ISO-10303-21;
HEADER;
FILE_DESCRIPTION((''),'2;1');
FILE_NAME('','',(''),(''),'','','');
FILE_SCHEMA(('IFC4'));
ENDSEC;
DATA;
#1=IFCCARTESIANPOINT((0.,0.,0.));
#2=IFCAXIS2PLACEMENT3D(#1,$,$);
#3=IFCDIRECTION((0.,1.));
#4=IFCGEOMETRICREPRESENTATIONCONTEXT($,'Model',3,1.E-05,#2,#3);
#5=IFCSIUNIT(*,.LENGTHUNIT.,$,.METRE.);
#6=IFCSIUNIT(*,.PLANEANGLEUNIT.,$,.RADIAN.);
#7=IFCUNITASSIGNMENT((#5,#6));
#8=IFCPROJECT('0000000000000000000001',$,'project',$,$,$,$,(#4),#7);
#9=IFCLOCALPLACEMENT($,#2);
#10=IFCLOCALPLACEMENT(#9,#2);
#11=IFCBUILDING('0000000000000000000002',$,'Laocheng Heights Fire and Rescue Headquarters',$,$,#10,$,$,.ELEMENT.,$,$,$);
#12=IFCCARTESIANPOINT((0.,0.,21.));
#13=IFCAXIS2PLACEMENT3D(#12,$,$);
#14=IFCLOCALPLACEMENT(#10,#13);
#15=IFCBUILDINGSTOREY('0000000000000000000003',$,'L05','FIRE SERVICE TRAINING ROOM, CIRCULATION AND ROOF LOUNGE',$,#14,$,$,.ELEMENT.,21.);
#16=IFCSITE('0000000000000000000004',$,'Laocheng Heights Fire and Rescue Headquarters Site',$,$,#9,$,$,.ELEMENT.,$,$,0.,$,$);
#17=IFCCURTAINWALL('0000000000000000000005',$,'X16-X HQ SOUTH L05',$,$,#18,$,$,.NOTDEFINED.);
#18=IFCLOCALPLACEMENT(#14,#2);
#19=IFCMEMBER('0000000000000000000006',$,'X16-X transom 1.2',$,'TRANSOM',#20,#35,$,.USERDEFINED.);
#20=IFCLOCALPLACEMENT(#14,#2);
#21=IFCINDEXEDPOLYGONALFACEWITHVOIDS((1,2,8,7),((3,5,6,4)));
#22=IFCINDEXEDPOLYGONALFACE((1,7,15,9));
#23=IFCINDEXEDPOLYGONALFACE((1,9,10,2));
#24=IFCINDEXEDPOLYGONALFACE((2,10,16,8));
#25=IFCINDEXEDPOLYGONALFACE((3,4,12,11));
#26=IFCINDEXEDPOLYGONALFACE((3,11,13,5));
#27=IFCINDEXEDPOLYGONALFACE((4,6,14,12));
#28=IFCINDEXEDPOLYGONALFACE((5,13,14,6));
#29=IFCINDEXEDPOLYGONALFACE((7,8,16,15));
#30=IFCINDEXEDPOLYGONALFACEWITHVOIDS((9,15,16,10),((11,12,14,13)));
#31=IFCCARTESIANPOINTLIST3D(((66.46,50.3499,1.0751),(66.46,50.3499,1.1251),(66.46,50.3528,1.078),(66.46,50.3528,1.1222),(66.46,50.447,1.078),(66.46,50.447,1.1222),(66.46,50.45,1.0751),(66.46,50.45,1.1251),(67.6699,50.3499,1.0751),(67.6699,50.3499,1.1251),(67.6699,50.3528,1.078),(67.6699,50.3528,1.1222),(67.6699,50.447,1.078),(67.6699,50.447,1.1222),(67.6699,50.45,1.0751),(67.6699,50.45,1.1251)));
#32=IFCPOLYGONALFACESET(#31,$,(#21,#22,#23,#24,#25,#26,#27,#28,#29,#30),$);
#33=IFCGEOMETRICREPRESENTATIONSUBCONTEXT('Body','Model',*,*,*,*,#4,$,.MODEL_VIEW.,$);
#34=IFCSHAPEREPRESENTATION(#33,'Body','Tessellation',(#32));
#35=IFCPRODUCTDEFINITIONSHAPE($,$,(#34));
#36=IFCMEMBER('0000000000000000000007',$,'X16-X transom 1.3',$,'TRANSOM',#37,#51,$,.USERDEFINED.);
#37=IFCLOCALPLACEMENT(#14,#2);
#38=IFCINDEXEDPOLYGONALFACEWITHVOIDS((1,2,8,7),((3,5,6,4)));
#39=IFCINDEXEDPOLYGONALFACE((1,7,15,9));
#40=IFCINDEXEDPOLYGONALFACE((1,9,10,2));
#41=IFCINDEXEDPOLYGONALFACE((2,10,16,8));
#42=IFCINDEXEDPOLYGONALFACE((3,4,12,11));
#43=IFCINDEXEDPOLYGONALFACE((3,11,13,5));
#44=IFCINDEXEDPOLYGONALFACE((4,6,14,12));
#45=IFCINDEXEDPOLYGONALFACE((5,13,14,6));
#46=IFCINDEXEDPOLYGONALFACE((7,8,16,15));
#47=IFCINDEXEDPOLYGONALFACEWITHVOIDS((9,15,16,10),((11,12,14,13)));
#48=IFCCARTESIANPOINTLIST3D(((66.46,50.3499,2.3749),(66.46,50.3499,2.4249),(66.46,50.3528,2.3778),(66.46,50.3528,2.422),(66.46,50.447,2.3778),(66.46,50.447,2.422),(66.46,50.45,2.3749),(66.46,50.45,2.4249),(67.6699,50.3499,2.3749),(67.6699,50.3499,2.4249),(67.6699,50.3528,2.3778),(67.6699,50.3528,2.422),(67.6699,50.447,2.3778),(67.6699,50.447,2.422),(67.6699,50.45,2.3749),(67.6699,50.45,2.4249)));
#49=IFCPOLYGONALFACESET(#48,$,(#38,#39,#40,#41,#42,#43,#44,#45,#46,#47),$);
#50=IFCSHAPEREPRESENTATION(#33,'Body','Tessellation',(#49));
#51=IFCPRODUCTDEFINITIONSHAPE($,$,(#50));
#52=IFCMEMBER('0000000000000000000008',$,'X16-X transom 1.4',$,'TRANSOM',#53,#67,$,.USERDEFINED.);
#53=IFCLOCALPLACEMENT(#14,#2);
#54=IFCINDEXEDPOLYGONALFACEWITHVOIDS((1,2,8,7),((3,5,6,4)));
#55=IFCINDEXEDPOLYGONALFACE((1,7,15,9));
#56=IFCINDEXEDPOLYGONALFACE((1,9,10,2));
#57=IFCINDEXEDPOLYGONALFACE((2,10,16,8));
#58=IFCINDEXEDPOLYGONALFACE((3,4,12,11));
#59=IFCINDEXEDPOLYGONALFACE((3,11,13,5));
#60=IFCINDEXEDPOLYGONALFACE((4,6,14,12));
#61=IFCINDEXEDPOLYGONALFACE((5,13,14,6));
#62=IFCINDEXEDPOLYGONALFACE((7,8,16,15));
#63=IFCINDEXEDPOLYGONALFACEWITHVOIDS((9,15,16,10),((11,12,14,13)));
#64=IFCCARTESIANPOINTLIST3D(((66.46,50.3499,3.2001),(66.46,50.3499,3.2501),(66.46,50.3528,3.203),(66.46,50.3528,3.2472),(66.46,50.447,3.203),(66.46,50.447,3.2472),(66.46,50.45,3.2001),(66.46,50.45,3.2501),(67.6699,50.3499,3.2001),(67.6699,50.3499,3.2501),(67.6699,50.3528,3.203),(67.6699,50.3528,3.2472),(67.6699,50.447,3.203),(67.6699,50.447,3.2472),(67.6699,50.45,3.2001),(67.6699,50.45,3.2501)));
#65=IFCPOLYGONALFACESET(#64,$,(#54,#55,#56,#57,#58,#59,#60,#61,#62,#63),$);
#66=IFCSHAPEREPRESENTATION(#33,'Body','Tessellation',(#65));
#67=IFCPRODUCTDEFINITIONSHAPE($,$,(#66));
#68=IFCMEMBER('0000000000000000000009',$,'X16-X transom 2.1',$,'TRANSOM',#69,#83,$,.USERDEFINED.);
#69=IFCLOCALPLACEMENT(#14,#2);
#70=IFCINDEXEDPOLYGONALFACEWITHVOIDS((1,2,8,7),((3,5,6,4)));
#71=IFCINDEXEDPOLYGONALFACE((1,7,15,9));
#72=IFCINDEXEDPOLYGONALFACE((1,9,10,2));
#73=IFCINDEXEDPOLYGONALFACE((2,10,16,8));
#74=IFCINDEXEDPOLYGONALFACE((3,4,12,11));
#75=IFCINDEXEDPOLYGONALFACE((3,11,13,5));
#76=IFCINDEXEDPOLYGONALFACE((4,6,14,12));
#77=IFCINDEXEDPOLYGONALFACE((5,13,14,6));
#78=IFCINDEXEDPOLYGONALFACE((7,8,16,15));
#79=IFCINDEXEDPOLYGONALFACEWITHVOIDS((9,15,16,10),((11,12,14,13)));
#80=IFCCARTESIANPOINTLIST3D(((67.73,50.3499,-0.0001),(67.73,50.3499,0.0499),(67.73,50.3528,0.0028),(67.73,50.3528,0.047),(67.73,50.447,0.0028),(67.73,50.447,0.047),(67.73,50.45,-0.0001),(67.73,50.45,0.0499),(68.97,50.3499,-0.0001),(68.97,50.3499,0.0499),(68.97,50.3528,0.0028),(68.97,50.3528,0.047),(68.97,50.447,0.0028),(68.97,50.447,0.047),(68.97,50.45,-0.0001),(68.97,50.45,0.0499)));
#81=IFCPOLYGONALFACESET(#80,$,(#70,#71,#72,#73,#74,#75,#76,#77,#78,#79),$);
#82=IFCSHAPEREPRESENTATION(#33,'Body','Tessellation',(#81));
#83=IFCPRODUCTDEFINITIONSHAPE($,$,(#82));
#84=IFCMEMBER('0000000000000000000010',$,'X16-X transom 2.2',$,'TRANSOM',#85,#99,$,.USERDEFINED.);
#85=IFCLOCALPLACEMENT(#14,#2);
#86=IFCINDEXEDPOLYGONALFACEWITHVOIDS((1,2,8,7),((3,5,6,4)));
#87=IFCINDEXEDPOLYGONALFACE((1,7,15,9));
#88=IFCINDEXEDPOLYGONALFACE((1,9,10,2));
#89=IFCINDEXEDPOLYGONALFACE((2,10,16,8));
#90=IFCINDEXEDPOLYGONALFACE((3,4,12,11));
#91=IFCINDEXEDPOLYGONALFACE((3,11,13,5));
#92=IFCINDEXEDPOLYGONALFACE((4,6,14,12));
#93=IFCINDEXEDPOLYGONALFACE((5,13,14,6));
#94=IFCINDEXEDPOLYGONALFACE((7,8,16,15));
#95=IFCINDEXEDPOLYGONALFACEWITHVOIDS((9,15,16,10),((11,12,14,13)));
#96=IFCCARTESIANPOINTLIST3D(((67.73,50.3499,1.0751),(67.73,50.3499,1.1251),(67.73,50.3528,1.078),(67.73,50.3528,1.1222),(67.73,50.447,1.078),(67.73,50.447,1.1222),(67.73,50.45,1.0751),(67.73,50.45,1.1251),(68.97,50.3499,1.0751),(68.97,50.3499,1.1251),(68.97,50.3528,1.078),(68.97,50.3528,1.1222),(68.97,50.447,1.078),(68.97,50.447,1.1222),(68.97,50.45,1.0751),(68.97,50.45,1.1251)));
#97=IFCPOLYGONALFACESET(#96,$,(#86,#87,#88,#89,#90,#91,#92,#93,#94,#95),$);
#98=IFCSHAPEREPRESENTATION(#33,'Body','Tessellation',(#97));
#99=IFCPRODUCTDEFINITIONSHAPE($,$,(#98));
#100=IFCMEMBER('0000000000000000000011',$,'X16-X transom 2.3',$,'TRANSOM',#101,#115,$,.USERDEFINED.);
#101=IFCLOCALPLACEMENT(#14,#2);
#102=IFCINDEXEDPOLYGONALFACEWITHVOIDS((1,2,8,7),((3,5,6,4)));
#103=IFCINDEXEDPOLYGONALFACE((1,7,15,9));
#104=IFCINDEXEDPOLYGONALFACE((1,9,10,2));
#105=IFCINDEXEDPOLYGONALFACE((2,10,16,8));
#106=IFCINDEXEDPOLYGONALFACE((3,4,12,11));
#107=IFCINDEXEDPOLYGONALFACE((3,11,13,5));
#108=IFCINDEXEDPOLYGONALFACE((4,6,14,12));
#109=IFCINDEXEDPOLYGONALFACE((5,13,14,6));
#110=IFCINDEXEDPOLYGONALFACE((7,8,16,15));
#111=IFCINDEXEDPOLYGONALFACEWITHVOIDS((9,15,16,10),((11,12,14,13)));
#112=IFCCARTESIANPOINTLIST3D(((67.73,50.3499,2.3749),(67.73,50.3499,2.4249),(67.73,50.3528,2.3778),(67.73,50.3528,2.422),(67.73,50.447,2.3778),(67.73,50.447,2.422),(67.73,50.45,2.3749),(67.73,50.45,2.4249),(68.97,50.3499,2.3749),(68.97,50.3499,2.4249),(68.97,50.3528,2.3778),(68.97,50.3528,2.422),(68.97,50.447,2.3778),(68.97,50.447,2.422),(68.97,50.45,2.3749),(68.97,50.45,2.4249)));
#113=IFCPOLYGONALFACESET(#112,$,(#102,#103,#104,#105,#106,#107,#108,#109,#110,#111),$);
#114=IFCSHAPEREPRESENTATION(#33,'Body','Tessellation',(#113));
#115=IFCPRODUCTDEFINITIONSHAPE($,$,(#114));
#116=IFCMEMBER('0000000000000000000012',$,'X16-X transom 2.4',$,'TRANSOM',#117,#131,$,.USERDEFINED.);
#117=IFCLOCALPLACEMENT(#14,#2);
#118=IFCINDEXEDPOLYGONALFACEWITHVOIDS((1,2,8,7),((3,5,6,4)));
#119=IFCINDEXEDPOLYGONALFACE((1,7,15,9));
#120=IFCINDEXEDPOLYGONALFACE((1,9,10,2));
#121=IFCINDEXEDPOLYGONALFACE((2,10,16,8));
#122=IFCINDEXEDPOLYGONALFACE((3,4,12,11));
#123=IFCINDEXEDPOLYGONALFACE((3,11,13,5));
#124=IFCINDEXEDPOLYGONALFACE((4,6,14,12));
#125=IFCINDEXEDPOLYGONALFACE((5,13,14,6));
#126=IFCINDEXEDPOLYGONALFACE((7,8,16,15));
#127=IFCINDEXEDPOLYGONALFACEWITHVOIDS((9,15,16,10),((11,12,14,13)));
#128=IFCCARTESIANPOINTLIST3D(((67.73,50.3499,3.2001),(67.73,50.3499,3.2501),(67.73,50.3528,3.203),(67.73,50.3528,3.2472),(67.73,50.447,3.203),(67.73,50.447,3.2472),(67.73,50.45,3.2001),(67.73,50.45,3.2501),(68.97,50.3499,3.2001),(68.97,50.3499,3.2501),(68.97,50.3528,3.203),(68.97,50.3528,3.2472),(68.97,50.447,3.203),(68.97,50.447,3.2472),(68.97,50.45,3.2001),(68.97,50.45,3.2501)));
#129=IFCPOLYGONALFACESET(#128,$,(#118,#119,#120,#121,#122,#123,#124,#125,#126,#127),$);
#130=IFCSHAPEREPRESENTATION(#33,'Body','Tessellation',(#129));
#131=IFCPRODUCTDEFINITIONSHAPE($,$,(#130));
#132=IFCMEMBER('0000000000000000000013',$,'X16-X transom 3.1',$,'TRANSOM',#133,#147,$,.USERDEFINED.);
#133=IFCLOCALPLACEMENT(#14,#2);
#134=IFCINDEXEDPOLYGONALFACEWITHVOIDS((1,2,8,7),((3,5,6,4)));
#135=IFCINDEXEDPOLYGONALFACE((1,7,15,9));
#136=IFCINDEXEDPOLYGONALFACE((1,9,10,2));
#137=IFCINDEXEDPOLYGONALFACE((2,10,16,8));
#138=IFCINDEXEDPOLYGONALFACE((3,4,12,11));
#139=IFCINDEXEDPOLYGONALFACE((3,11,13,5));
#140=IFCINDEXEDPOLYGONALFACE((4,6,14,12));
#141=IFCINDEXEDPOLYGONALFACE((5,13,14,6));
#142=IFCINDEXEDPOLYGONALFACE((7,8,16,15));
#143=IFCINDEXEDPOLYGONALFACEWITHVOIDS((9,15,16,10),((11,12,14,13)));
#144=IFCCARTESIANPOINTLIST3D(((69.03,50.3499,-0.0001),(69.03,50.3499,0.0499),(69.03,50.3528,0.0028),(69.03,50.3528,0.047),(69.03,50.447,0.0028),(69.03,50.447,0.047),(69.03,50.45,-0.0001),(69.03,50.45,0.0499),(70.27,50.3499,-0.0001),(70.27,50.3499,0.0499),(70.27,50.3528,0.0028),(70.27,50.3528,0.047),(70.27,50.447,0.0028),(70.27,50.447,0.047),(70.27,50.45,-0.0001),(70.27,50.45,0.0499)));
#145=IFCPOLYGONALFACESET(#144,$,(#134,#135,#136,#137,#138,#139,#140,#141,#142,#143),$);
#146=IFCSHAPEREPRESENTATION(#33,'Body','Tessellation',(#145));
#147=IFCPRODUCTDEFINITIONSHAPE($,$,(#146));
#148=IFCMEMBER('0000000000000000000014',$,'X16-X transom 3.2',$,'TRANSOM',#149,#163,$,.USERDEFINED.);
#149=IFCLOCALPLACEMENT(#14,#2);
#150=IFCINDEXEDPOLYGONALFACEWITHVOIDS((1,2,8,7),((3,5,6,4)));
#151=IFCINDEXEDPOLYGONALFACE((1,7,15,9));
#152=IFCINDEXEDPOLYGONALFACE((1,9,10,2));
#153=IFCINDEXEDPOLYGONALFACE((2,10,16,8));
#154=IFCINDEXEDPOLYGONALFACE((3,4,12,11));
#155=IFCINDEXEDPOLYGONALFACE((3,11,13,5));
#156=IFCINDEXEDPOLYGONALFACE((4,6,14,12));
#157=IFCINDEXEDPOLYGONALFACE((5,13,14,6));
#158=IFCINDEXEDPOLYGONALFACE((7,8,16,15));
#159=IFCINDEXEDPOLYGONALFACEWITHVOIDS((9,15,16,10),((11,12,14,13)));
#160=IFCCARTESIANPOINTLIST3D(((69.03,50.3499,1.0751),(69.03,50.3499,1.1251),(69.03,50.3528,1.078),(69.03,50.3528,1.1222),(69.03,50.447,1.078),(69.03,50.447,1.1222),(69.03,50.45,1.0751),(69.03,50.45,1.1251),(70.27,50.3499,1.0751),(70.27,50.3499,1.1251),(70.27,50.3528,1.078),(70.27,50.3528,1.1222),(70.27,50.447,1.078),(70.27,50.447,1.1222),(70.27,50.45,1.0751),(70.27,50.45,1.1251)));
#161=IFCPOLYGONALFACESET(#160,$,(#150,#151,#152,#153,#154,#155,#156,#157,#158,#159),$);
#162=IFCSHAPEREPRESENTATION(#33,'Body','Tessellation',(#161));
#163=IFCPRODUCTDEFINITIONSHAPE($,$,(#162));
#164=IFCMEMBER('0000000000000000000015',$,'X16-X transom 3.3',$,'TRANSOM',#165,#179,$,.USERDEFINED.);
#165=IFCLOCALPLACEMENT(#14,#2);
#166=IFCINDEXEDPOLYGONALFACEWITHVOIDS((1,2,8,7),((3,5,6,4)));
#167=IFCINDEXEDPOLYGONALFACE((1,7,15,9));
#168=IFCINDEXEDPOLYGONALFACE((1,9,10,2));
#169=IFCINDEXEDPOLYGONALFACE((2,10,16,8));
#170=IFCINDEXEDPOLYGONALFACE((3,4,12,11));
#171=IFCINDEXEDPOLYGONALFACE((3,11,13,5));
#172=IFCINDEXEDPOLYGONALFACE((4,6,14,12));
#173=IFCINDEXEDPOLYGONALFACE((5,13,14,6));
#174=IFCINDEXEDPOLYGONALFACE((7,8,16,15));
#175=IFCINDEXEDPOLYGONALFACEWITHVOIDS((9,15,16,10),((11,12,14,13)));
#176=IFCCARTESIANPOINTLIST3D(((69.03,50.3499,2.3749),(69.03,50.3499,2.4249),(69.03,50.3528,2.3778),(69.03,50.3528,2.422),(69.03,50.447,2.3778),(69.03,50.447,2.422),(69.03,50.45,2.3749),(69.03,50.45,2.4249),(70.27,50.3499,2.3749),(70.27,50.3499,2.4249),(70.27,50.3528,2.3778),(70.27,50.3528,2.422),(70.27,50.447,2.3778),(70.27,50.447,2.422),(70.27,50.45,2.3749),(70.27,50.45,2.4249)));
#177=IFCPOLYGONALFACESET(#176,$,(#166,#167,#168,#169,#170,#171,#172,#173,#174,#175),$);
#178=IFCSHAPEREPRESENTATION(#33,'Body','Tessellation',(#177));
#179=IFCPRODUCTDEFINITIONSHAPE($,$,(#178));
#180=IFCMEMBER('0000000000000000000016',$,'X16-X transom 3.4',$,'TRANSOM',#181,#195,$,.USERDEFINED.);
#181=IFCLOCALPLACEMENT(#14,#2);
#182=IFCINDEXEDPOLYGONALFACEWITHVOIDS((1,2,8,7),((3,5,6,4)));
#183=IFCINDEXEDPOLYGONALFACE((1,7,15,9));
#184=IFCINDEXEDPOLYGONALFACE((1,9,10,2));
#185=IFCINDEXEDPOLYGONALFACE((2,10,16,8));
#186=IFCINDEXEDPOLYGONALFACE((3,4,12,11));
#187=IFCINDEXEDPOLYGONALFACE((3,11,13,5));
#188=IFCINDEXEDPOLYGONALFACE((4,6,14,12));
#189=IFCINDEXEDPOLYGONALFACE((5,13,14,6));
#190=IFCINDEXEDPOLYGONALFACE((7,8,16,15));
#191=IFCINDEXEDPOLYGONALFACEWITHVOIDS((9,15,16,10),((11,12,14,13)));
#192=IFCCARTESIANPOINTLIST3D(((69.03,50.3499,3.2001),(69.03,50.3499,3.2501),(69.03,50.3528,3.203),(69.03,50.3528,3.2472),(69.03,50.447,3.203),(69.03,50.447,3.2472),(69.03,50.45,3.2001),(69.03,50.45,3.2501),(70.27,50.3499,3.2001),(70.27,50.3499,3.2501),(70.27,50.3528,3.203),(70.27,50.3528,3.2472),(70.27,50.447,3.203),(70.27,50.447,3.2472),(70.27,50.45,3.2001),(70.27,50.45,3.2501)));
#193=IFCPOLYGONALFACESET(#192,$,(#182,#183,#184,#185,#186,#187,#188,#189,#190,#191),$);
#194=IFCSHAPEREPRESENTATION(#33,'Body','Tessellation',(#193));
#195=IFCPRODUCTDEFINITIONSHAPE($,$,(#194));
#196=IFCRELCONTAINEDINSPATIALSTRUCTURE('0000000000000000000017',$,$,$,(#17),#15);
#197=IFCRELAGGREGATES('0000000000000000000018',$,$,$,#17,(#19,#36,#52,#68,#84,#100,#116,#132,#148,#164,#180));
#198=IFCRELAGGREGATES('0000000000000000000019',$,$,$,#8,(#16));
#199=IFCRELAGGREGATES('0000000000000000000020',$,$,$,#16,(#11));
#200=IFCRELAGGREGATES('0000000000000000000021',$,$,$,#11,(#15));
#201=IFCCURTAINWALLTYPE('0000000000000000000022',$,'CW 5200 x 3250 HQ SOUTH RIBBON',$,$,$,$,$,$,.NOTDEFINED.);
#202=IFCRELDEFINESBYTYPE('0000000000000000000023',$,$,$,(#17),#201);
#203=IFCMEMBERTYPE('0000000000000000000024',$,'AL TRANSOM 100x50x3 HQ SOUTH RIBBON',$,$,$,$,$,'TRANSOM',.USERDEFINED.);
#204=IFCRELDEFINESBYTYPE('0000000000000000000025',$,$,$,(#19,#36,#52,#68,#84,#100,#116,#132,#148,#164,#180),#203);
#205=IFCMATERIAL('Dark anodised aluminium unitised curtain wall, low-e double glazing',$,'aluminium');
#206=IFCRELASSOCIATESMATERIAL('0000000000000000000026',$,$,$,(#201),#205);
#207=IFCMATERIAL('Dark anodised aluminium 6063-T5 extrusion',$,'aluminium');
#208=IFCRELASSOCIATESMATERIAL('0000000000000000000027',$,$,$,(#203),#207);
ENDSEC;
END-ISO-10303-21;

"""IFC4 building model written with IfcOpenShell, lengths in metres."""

from ifc_helpers import new_model, si_unit, direction, frame, origin, origin_2d, place, context, subcontext, project, spatial, hollow_rectangle, extrude, material, material_profile, profile_set, type_object, element, aggregate, save


model = new_model("IFC4")

# Units and contexts
model_context = context("Model", 3, precision=1e-05, world=origin(), true_north=direction((0.0, 1.0)))
body_context = subcontext(model_context, "Body", "Model", "MODEL_VIEW")
ifc_project = project(units=[si_unit("LENGTHUNIT", "METRE"), si_unit("PLANEANGLEUNIT", "RADIAN")], contexts=[model_context])

# Site, building, storey
site_placement = place(None, origin())
site = spatial("IfcSite", under=ifc_project, at=site_placement, Name="Laocheng Heights Fire and Rescue Headquarters Site", CompositionType="ELEMENT", RefElevation=0.0)
building_placement = place(site_placement, origin())
building = spatial("IfcBuilding", under=site, at=building_placement, Name="Laocheng Heights Fire and Rescue Headquarters", CompositionType="ELEMENT")
storey_placement = place(building_placement, frame((0.0, 0.0, 21.0)))
storey = spatial("IfcBuildingStorey", under=building, at=storey_placement, Name="L05", Description="FIRE SERVICE TRAINING ROOM, CIRCULATION AND ROOF LOUNGE", CompositionType="ELEMENT", Elevation=21.0)

# Curtain wall
ifc_material_1 = material(Name="Dark anodised aluminium unitised curtain wall, low-e double glazing", Category="aluminium")
curtain_wall_type = type_object("IfcCurtainWallType", Name="CW 5200 x 3250 HQ SOUTH RIBBON", PredefinedType="NOTDEFINED", material=ifc_material_1)
curtain_wall_1_placement = place(storey_placement, origin())
curtain_wall_1 = element("IfcCurtainWall", 1, at=curtain_wall_1_placement, inside=storey, type_object=curtain_wall_type, Name="X16-X HQ SOUTH L05", PredefinedType="NOTDEFINED")

# Members
ifc_material_2 = material(Name="Dark anodised aluminium 6063-T5 extrusion", Category="aluminium")
ifc_material_profile_1 = material_profile(ifc_material_2, hollow_rectangle(XDim=0.1001, YDim=0.05, WallThickness=0.0029, at=origin_2d()), Name="AL TRANSOM 100x50x3 HQ SOUTH RIBBON")
ifc_profile_set_1 = profile_set([ifc_material_profile_1], Name="Dark anodised aluminium 6063-T5 extrusion")
member_type_1 = type_object("IfcMemberType", Name="AL TRANSOM 100x50x3 HQ SOUTH RIBBON", ElementType="TRANSOM", PredefinedType="USERDEFINED", material=ifc_profile_set_1)
member_1_placement = place(storey_placement, frame((66.46, 50.3999, 1.1001), z_axis=(1.0, 0.0, 0.0), x_axis=(0.0, 1.0, 0.0)))
member_1 = element("IfcMember", 2, at=member_1_placement, type_object=member_type_1, Name="X16-X transom 1.2", ObjectType="TRANSOM", PredefinedType="USERDEFINED", context=body_context, shape_type="SweptSolid", body=[
    extrude(hollow_rectangle(XDim=0.1001, YDim=0.05, WallThickness=0.0029, at=origin_2d()), origin(), (0.0, 0.0, 1.0), 1.21),
])
member_2_placement = place(storey_placement, frame((66.46, 50.3999, 2.3999), z_axis=(1.0, 0.0, 0.0), x_axis=(0.0, 1.0, 0.0)))
member_2 = element("IfcMember", 3, at=member_2_placement, type_object=member_type_1, Name="X16-X transom 1.3", ObjectType="TRANSOM", PredefinedType="USERDEFINED", context=body_context, shape_type="SweptSolid", body=[
    extrude(hollow_rectangle(XDim=0.1001, YDim=0.05, WallThickness=0.0029, at=origin_2d()), origin(), (0.0, 0.0, 1.0), 1.21),
])
member_3_placement = place(storey_placement, frame((66.46, 50.3999, 3.2251), z_axis=(1.0, 0.0, 0.0), x_axis=(0.0, 1.0, 0.0)))
member_3 = element("IfcMember", 4, at=member_3_placement, type_object=member_type_1, Name="X16-X transom 1.4", ObjectType="TRANSOM", PredefinedType="USERDEFINED", context=body_context, shape_type="SweptSolid", body=[
    extrude(hollow_rectangle(XDim=0.1001, YDim=0.05, WallThickness=0.0029, at=origin_2d()), origin(), (0.0, 0.0, 1.0), 1.21),
])
member_4_placement = place(storey_placement, frame((67.73, 50.3999, 0.0249), z_axis=(1.0, 0.0, 0.0), x_axis=(0.0, 1.0, 0.0)))
member_4 = element("IfcMember", 5, at=member_4_placement, type_object=member_type_1, Name="X16-X transom 2.1", ObjectType="TRANSOM", PredefinedType="USERDEFINED", context=body_context, shape_type="SweptSolid", body=[
    extrude(hollow_rectangle(XDim=0.1001, YDim=0.05, WallThickness=0.0029, at=origin_2d()), origin(), (0.0, 0.0, 1.0), 1.24),
])
member_5_placement = place(storey_placement, frame((67.73, 50.3999, 1.1001), z_axis=(1.0, 0.0, 0.0), x_axis=(0.0, 1.0, 0.0)))
member_5 = element("IfcMember", 6, at=member_5_placement, type_object=member_type_1, Name="X16-X transom 2.2", ObjectType="TRANSOM", PredefinedType="USERDEFINED", context=body_context, shape_type="SweptSolid", body=[
    extrude(hollow_rectangle(XDim=0.1001, YDim=0.05, WallThickness=0.0029, at=origin_2d()), origin(), (0.0, 0.0, 1.0), 1.24),
])
member_6_placement = place(storey_placement, frame((67.73, 50.3999, 2.3999), z_axis=(1.0, 0.0, 0.0), x_axis=(0.0, 1.0, 0.0)))
member_6 = element("IfcMember", 7, at=member_6_placement, type_object=member_type_1, Name="X16-X transom 2.3", ObjectType="TRANSOM", PredefinedType="USERDEFINED", context=body_context, shape_type="SweptSolid", body=[
    extrude(hollow_rectangle(XDim=0.1001, YDim=0.05, WallThickness=0.0029, at=origin_2d()), origin(), (0.0, 0.0, 1.0), 1.24),
])
member_7_placement = place(storey_placement, frame((67.73, 50.3999, 3.2251), z_axis=(1.0, 0.0, 0.0), x_axis=(0.0, 1.0, 0.0)))
member_7 = element("IfcMember", 8, at=member_7_placement, type_object=member_type_1, Name="X16-X transom 2.4", ObjectType="TRANSOM", PredefinedType="USERDEFINED", context=body_context, shape_type="SweptSolid", body=[
    extrude(hollow_rectangle(XDim=0.1001, YDim=0.05, WallThickness=0.0029, at=origin_2d()), origin(), (0.0, 0.0, 1.0), 1.24),
])
member_8_placement = place(storey_placement, frame((69.03, 50.3999, 0.0249), z_axis=(1.0, 0.0, 0.0), x_axis=(0.0, 1.0, 0.0)))
member_8 = element("IfcMember", 9, at=member_8_placement, type_object=member_type_1, Name="X16-X transom 3.1", ObjectType="TRANSOM", PredefinedType="USERDEFINED", context=body_context, shape_type="SweptSolid", body=[
    extrude(hollow_rectangle(XDim=0.1001, YDim=0.05, WallThickness=0.0029, at=origin_2d()), origin(), (0.0, 0.0, 1.0), 1.24),
])
member_9_placement = place(storey_placement, frame((69.03, 50.3999, 1.1001), z_axis=(1.0, 0.0, 0.0), x_axis=(0.0, 1.0, 0.0)))
member_9 = element("IfcMember", 10, at=member_9_placement, type_object=member_type_1, Name="X16-X transom 3.2", ObjectType="TRANSOM", PredefinedType="USERDEFINED", context=body_context, shape_type="SweptSolid", body=[
    extrude(hollow_rectangle(XDim=0.1001, YDim=0.05, WallThickness=0.0029, at=origin_2d()), origin(), (0.0, 0.0, 1.0), 1.24),
])
member_10_placement = place(storey_placement, frame((69.03, 50.3999, 2.3999), z_axis=(1.0, 0.0, 0.0), x_axis=(0.0, 1.0, 0.0)))
member_10 = element("IfcMember", 11, at=member_10_placement, type_object=member_type_1, Name="X16-X transom 3.3", ObjectType="TRANSOM", PredefinedType="USERDEFINED", context=body_context, shape_type="SweptSolid", body=[
    extrude(hollow_rectangle(XDim=0.1001, YDim=0.05, WallThickness=0.0029, at=origin_2d()), origin(), (0.0, 0.0, 1.0), 1.24),
])
member_11_placement = place(storey_placement, frame((69.03, 50.3999, 3.2251), z_axis=(1.0, 0.0, 0.0), x_axis=(0.0, 1.0, 0.0)))
member_11 = element("IfcMember", 12, at=member_11_placement, type_object=member_type_1, Name="X16-X transom 3.4", ObjectType="TRANSOM", PredefinedType="USERDEFINED", context=body_context, shape_type="SweptSolid", body=[
    extrude(hollow_rectangle(XDim=0.1001, YDim=0.05, WallThickness=0.0029, at=origin_2d()), origin(), (0.0, 0.0, 1.0), 1.24),
])

aggregate(curtain_wall_1, [member_1, member_2, member_3, member_4, member_5, member_6, member_7, member_8, member_9, member_10, member_11])

save(model, "model.ifc")
